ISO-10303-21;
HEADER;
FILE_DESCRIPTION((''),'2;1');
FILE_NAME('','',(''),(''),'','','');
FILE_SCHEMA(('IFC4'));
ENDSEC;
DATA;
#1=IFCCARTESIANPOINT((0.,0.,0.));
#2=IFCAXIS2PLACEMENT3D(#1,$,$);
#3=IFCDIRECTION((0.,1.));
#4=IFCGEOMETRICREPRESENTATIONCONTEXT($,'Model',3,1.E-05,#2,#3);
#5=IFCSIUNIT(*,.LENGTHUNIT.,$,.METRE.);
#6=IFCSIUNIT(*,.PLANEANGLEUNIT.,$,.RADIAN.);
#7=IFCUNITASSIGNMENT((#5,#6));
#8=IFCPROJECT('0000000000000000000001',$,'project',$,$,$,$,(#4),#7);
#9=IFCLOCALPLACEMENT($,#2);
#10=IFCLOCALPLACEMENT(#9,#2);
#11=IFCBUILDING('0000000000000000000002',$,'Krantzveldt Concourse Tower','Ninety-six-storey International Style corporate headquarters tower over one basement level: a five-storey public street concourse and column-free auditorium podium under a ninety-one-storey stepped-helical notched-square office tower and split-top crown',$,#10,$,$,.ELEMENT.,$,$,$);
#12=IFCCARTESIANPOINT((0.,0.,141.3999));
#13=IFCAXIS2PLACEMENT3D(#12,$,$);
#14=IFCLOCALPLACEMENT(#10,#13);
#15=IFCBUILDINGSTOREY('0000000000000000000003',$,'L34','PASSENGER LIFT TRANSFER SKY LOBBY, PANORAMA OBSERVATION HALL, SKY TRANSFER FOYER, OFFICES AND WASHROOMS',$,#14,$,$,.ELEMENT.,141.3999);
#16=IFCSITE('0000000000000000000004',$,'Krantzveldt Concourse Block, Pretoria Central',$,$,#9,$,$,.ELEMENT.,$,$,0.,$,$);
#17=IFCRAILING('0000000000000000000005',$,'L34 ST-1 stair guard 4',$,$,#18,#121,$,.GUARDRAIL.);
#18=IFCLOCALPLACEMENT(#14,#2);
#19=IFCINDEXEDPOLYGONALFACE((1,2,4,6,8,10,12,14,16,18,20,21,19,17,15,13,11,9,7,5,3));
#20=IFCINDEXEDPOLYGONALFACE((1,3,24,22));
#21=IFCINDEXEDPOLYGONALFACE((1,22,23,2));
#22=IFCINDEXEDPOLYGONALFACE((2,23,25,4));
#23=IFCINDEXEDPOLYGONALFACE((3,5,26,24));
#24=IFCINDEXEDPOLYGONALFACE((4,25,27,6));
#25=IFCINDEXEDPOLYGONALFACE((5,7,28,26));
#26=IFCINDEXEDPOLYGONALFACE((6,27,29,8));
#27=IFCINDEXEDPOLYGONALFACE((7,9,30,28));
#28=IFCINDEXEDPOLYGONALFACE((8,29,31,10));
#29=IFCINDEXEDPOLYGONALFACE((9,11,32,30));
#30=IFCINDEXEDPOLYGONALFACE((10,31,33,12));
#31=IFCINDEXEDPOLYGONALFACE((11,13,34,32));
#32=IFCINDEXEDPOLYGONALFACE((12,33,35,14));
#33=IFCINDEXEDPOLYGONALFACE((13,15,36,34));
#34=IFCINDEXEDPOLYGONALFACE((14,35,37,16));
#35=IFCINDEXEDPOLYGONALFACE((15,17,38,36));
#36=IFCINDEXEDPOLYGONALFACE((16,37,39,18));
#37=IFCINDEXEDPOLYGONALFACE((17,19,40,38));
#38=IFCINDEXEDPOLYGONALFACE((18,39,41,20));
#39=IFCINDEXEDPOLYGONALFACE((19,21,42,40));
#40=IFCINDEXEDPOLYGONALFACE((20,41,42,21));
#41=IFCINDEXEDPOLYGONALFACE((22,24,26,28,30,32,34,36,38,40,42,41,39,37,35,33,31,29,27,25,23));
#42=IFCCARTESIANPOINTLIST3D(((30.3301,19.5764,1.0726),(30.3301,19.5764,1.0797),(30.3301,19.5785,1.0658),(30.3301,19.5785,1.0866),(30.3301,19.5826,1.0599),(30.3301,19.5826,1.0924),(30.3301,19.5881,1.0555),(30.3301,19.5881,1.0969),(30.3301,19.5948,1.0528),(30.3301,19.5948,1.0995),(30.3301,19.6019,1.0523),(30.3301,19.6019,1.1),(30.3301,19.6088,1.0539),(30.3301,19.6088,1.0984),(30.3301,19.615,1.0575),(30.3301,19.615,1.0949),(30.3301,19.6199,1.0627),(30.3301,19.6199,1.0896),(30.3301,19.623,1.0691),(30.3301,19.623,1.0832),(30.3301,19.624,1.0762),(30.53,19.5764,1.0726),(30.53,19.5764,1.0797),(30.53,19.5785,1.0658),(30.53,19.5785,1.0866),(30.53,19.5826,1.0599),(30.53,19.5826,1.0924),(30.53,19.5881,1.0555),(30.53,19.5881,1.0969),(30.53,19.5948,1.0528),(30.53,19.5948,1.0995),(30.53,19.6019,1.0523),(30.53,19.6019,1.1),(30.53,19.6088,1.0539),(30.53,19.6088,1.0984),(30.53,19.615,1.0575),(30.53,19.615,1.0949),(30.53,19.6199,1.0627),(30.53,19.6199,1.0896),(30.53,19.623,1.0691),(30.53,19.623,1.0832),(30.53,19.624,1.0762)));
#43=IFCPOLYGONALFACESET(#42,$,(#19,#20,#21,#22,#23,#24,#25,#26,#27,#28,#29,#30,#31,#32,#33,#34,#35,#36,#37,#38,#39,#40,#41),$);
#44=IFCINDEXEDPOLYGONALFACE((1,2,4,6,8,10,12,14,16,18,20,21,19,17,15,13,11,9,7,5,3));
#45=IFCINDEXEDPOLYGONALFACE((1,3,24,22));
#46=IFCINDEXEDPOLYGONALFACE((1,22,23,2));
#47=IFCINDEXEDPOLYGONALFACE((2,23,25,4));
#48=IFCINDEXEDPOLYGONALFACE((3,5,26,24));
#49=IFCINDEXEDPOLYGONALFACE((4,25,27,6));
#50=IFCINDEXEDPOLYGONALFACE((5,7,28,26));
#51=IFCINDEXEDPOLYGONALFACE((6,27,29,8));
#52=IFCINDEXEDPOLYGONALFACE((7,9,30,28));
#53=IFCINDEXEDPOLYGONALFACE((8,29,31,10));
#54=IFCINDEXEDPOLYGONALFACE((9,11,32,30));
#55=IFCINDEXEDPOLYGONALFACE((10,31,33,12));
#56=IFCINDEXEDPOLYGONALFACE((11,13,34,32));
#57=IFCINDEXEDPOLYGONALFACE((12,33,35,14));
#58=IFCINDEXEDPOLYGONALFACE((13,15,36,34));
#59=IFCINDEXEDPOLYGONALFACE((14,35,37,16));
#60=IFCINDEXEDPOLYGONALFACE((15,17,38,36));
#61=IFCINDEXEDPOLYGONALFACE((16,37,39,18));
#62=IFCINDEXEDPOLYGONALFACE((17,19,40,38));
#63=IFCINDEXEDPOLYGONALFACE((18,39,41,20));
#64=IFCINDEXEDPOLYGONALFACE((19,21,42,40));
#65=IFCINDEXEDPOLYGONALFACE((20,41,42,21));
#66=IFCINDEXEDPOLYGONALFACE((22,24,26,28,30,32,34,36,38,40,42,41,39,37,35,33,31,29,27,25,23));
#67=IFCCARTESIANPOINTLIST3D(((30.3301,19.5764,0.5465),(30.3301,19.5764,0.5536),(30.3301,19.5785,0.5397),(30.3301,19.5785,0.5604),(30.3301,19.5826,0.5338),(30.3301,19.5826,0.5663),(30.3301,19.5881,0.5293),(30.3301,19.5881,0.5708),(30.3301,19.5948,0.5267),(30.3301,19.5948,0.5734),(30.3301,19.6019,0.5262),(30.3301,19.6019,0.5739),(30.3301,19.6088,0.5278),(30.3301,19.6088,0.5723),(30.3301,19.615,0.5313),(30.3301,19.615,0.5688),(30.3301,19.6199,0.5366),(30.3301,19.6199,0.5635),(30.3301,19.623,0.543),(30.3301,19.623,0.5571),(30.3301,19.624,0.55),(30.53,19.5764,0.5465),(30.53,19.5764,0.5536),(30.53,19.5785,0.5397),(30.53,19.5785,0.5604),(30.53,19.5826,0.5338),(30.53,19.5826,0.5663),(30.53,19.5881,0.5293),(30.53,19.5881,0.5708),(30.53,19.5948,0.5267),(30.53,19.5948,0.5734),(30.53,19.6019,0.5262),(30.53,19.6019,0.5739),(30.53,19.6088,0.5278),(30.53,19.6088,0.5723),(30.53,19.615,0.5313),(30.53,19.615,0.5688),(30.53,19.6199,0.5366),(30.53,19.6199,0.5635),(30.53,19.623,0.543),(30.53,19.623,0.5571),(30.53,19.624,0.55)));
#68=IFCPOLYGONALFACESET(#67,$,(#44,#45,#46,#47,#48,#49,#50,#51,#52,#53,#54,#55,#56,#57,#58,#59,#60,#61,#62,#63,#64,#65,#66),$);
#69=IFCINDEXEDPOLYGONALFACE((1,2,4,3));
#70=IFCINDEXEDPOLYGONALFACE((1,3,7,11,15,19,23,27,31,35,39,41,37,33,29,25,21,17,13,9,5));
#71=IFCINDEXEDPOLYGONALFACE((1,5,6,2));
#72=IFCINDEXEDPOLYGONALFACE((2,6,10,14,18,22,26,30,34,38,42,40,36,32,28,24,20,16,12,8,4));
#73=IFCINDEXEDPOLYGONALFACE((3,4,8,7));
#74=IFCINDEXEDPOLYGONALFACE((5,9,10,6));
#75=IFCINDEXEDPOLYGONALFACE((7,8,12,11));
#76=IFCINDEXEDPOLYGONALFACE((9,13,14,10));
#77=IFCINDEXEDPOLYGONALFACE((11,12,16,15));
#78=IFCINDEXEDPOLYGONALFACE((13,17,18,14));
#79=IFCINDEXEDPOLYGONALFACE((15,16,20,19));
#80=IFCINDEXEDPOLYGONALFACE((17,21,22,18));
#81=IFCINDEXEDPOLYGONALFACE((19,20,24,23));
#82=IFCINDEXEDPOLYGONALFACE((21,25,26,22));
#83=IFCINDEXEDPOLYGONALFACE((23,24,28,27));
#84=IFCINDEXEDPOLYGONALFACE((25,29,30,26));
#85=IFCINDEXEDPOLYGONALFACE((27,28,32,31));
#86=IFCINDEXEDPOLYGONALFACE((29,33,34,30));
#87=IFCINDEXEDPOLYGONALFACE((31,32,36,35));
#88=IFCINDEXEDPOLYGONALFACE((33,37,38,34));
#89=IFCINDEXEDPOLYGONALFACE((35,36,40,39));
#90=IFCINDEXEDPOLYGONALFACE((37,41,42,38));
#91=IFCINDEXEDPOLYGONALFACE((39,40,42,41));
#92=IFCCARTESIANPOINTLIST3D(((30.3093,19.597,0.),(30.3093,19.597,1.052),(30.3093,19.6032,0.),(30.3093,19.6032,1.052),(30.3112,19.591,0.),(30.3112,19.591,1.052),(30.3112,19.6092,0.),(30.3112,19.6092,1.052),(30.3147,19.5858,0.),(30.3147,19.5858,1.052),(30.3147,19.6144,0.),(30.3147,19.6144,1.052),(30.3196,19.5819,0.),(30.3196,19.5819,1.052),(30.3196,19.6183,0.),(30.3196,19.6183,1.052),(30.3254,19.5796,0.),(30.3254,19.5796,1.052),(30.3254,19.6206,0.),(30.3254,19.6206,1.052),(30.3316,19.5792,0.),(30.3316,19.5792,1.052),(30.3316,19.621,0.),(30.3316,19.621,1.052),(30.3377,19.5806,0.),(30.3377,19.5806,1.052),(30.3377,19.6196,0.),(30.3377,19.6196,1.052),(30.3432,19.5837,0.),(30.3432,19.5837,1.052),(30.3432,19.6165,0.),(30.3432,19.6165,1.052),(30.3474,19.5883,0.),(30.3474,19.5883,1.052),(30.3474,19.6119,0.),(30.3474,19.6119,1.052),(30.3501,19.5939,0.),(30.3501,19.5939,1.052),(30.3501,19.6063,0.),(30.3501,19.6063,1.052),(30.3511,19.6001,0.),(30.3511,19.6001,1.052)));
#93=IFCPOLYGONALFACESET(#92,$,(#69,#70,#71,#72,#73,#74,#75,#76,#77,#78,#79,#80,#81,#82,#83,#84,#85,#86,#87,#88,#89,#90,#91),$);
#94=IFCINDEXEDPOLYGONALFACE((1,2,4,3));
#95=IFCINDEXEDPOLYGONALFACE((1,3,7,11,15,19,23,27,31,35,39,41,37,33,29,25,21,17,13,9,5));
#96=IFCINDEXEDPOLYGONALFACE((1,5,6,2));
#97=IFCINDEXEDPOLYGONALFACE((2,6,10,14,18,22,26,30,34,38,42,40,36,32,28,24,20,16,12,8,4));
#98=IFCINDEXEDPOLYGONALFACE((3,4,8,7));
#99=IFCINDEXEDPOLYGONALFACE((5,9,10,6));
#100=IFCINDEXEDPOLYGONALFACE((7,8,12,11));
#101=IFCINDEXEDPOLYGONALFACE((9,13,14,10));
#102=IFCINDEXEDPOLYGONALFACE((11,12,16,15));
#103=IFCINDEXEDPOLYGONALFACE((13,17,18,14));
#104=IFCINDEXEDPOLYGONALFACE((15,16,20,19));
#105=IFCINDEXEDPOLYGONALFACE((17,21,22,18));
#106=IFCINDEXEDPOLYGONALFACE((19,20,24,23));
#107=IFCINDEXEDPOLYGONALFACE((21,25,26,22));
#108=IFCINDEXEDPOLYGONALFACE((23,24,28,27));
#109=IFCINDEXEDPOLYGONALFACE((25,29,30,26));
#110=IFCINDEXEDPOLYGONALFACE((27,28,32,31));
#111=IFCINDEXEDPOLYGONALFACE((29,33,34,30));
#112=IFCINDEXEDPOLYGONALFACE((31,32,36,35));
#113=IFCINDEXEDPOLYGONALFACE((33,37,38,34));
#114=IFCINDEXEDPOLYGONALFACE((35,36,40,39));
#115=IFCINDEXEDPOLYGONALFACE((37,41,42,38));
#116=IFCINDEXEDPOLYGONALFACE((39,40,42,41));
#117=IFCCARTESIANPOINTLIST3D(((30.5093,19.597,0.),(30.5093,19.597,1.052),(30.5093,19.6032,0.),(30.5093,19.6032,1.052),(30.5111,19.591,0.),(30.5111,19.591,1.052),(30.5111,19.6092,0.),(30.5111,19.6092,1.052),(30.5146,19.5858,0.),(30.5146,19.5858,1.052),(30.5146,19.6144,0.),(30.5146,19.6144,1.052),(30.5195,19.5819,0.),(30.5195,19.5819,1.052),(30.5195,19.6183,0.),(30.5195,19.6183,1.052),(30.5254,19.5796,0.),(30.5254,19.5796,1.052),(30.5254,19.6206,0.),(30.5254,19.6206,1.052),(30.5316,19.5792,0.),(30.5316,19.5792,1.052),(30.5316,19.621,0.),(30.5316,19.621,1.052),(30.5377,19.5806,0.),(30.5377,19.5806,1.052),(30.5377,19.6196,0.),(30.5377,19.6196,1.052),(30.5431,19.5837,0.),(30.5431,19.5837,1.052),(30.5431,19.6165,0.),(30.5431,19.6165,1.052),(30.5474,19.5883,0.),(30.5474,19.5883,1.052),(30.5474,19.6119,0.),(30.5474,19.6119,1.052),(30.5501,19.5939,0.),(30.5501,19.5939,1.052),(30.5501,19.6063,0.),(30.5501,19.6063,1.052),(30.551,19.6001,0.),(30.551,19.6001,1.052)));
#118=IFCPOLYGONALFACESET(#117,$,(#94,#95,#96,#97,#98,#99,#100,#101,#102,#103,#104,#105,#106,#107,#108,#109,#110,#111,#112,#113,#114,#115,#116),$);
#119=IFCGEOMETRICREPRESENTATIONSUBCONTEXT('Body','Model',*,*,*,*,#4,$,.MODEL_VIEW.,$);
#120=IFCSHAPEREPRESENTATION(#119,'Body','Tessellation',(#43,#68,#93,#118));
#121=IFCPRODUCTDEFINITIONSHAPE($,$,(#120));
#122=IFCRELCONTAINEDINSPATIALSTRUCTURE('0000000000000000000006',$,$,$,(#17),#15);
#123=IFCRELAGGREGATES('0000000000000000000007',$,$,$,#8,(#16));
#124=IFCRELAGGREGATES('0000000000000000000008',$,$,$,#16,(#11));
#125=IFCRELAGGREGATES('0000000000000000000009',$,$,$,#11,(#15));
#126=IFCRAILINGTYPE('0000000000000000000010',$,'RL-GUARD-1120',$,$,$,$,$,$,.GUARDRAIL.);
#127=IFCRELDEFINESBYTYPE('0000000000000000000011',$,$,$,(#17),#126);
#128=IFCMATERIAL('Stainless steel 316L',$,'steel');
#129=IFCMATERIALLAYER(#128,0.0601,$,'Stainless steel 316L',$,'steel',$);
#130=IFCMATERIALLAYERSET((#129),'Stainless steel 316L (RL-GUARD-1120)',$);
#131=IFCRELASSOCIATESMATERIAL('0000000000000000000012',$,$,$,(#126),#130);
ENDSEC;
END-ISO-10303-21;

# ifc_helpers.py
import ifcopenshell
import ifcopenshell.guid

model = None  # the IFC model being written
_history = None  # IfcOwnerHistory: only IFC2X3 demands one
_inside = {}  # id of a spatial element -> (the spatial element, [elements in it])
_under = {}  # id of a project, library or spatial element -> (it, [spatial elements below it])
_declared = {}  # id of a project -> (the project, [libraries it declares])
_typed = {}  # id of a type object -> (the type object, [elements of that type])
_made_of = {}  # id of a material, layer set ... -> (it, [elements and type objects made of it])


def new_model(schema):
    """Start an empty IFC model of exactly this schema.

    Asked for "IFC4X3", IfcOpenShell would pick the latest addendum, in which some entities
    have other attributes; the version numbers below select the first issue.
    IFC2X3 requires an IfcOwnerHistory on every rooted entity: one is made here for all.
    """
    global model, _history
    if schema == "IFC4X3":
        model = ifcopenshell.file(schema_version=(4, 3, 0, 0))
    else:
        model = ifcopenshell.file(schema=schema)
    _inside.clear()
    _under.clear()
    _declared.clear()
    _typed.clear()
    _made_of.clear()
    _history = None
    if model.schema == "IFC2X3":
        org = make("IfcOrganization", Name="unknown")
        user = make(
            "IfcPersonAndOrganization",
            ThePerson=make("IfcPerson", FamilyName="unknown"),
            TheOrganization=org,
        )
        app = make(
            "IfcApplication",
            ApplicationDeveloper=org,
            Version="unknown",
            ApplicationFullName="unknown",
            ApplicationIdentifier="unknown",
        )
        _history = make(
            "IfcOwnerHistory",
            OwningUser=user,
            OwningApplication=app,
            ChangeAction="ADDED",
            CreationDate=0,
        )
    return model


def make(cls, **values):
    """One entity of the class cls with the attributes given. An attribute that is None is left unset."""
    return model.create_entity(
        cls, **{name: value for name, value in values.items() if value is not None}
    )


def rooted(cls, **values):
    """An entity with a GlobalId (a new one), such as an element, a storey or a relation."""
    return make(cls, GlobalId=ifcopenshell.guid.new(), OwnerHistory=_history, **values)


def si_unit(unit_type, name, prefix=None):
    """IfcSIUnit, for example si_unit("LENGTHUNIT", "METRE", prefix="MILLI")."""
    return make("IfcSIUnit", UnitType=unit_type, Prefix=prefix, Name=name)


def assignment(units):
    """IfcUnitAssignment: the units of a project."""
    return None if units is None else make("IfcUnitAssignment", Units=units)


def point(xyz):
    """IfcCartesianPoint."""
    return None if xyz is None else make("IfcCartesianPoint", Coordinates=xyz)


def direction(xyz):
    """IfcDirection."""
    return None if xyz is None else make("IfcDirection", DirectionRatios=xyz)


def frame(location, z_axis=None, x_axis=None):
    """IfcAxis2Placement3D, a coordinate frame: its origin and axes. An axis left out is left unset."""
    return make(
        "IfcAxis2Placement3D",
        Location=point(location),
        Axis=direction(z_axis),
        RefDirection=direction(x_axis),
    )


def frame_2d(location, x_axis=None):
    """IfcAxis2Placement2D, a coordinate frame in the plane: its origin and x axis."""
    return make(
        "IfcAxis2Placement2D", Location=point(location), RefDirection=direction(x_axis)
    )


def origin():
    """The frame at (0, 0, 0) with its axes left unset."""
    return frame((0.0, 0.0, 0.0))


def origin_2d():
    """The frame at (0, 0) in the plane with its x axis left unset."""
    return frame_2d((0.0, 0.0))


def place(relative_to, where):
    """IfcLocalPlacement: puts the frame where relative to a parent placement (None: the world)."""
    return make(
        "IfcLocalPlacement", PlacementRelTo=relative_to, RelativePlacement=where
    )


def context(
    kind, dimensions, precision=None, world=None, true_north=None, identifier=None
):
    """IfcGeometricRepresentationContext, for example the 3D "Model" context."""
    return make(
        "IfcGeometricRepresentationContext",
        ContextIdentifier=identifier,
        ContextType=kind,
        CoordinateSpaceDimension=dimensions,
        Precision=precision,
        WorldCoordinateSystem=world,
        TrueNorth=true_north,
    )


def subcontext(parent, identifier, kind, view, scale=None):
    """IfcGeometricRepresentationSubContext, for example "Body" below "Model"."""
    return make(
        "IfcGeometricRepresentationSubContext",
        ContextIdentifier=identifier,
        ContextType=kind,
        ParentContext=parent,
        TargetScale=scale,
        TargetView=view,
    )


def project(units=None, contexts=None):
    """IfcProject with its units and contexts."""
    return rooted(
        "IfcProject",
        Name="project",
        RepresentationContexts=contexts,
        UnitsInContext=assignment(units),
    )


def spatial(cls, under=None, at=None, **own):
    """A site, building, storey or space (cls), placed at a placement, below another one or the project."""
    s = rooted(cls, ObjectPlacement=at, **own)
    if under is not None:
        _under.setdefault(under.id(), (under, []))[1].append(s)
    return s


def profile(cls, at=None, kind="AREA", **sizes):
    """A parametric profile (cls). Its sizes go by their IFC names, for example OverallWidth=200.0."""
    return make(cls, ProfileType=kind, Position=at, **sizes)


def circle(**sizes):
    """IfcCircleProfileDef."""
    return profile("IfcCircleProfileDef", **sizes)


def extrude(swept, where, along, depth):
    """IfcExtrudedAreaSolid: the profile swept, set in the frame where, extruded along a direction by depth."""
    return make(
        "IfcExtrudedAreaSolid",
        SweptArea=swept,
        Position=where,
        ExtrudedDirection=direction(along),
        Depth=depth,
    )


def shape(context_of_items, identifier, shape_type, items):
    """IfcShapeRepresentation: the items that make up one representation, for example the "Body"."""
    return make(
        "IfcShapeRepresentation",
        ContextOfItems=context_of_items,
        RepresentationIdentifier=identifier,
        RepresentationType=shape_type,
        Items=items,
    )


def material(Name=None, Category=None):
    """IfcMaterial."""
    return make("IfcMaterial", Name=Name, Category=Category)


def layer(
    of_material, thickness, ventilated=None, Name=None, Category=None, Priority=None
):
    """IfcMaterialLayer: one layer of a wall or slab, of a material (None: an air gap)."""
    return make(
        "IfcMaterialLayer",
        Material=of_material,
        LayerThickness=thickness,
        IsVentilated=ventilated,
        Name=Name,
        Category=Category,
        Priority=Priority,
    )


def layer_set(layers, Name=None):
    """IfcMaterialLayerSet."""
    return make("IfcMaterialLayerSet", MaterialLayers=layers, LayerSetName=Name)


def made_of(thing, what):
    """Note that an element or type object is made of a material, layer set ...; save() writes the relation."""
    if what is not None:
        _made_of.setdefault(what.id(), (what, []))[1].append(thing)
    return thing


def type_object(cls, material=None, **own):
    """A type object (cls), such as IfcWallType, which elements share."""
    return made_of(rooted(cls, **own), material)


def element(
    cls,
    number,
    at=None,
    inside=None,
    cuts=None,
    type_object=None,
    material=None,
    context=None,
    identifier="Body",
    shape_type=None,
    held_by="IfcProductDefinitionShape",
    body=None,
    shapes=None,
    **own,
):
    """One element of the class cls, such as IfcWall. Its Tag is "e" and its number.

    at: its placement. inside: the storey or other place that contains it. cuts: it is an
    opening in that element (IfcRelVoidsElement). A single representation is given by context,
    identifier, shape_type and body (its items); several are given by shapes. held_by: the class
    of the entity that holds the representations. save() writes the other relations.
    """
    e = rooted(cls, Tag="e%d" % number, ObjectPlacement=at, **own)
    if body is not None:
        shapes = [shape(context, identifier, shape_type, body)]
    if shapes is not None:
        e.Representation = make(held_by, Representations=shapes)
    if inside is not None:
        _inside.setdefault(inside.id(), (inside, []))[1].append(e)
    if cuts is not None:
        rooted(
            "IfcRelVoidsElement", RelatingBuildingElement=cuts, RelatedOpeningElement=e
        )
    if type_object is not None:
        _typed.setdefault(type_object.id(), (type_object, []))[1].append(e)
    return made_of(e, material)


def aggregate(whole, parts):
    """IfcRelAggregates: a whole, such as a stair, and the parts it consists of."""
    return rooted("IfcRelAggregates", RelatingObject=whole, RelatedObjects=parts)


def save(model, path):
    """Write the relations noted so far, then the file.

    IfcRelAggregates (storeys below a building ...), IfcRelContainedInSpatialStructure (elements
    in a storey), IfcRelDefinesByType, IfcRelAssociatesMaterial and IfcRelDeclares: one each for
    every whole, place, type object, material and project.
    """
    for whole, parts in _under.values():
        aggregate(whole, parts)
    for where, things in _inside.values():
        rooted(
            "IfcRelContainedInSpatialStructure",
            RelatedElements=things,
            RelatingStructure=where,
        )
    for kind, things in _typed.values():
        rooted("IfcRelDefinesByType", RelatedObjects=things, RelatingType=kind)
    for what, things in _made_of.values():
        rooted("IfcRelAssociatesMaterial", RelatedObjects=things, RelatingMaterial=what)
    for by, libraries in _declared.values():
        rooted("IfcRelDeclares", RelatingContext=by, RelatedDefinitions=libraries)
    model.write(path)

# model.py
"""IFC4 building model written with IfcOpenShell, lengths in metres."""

from ifc_helpers import new_model, si_unit, direction, frame, origin, origin_2d, place, context, subcontext, project, spatial, circle, extrude, material, layer, layer_set, type_object, element, save


model = new_model("IFC4")

# Units and contexts
model_context = context("Model", 3, precision=1e-05, world=origin(), true_north=direction((0.0, 1.0)))
body_context = subcontext(model_context, "Body", "Model", "MODEL_VIEW")
ifc_project = project(units=[si_unit("LENGTHUNIT", "METRE"), si_unit("PLANEANGLEUNIT", "RADIAN")], contexts=[model_context])

# Site, building, storey
site_placement = place(None, origin())
site = spatial("IfcSite", under=ifc_project, at=site_placement, Name="Krantzveldt Concourse Block, Pretoria Central", CompositionType="ELEMENT", RefElevation=0.0)
building_placement = place(site_placement, origin())
building = spatial("IfcBuilding", under=site, at=building_placement, Name="Krantzveldt Concourse Tower", Description="Ninety-six-storey International Style corporate headquarters tower over one basement level: a five-storey public street concourse and column-free auditorium podium under a ninety-one-storey stepped-helical notched-square office tower and split-top crown", CompositionType="ELEMENT")
storey_placement = place(building_placement, frame((0.0, 0.0, 141.3999)))
storey = spatial("IfcBuildingStorey", under=building, at=storey_placement, Name="L34", Description="PASSENGER LIFT TRANSFER SKY LOBBY, PANORAMA OBSERVATION HALL, SKY TRANSFER FOYER, OFFICES AND WASHROOMS", CompositionType="ELEMENT", Elevation=141.3999)

# Shared definitions
ifc_material_1 = material(Name="Stainless steel 316L", Category="steel")

# Railing
ifc_layer_1 = layer(ifc_material_1, 0.0601, Name="Stainless steel 316L", Category="steel")
ifc_layer_set_1 = layer_set([ifc_layer_1], Name="Stainless steel 316L (RL-GUARD-1120)")
railing_type_1 = type_object("IfcRailingType", Name="RL-GUARD-1120", PredefinedType="GUARDRAIL", material=ifc_layer_set_1)
railing_1_placement = place(storey_placement, frame((30.3301, 19.6001, 0.0)))
element("IfcRailing", 1, at=railing_1_placement, inside=storey, type_object=railing_type_1, Name="L34 ST-1 stair guard 4", PredefinedType="GUARDRAIL", context=body_context, shape_type="SweptSolid", body=[
    extrude(circle(Radius=0.0239, at=origin_2d()), frame((0.0, 0.0, 1.0762), z_axis=(1.0, 0.0, 0.0), x_axis=(0.0, 1.0, 0.0)), (0.0, 0.0, 1.0), 0.2),
    extrude(circle(Radius=0.0239, at=origin_2d()), frame((0.0, 0.0, 0.55), z_axis=(1.0, 0.0, 0.0), x_axis=(0.0, 1.0, 0.0)), (0.0, 0.0, 1.0), 0.2),
    extrude(circle(Radius=0.021, at=origin_2d()), origin(), (0.0, 0.0, 1.0), 1.052),
    extrude(circle(Radius=0.021, at=origin_2d()), frame((0.2, 0.0, 0.0)), (0.0, 0.0, 1.0), 1.052),
])

save(model, "model.ifc")
